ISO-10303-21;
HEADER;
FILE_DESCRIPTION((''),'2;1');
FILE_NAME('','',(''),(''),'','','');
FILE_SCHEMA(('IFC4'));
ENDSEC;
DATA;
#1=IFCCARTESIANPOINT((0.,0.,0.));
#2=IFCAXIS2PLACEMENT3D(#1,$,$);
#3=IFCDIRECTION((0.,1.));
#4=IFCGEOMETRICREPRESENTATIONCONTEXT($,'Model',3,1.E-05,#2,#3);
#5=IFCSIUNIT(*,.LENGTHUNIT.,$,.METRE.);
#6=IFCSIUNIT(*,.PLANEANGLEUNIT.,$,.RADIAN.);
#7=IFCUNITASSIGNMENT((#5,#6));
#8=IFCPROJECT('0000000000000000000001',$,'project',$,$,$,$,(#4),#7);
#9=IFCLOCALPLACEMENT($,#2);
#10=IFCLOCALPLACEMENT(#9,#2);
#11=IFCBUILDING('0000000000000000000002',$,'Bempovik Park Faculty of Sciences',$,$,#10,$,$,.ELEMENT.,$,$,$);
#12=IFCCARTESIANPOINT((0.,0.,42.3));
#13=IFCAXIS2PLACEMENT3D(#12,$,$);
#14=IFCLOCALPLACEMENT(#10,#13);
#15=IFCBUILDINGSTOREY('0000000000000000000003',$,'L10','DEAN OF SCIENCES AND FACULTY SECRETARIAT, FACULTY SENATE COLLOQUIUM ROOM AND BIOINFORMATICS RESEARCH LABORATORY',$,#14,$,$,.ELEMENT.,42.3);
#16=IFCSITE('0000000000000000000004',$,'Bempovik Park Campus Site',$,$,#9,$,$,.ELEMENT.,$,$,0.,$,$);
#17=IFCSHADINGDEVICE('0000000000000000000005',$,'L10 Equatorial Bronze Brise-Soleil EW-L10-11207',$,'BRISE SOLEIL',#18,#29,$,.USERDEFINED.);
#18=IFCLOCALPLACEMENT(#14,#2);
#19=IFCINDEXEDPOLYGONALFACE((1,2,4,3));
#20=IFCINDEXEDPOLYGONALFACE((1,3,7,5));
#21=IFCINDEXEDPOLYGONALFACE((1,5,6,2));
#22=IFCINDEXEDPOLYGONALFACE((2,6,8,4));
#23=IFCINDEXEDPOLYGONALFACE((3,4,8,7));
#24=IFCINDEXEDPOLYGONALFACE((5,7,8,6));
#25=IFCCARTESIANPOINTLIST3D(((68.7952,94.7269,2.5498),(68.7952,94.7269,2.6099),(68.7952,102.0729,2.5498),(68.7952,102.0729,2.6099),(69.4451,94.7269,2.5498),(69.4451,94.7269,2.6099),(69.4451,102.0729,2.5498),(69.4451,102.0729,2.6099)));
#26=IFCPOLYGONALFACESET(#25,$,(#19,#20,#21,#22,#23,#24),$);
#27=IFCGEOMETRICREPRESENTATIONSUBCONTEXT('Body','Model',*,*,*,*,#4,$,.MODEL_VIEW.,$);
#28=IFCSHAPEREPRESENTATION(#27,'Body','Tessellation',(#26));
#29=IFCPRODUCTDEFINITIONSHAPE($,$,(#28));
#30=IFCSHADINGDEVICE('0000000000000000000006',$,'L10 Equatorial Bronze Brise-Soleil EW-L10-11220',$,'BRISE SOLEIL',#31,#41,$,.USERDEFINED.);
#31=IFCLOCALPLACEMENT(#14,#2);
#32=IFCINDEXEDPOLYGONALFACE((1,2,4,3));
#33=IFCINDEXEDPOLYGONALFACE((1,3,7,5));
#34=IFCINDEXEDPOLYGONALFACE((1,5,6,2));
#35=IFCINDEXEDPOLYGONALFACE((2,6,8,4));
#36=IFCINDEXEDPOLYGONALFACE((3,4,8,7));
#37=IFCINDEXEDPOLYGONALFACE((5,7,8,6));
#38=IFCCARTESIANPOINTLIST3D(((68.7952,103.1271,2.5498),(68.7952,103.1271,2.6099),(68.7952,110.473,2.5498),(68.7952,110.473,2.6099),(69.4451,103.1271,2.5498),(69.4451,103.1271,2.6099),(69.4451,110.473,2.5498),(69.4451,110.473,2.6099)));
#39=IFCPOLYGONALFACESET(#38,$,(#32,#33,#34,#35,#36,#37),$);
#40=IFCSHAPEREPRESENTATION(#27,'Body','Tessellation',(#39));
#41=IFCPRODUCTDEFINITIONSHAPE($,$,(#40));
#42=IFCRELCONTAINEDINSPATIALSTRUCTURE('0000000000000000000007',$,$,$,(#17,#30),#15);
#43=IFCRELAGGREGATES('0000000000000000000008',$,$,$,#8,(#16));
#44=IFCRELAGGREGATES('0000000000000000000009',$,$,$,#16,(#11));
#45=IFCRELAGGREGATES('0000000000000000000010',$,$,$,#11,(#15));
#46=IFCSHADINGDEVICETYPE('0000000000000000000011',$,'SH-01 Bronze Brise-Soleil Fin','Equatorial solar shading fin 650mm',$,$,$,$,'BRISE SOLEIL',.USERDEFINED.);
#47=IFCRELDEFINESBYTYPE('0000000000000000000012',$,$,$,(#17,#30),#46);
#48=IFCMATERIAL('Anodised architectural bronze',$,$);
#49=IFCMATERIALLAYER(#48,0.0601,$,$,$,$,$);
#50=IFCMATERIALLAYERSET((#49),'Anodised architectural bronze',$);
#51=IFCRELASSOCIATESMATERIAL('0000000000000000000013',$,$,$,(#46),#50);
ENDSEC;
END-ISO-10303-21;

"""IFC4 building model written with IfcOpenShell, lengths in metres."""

from ifc_helpers import new_model, si_unit, direction, frame, origin, origin_2d, place, context, subcontext, project, spatial, rectangle, extrude, material, layer, layer_set, type_object, element, save


model = new_model("IFC4")

# Units and contexts
model_context = context("Model", 3, precision=1e-05, world=origin(), true_north=direction((0.0, 1.0)))
body_context = subcontext(model_context, "Body", "Model", "MODEL_VIEW")
ifc_project = project(units=[si_unit("LENGTHUNIT", "METRE"), si_unit("PLANEANGLEUNIT", "RADIAN")], contexts=[model_context])

# Site, building, storey
site_placement = place(None, origin())
site = spatial("IfcSite", under=ifc_project, at=site_placement, Name="Bempovik Park Campus Site", CompositionType="ELEMENT", RefElevation=0.0)
building_placement = place(site_placement, origin())
building = spatial("IfcBuilding", under=site, at=building_placement, Name="Bempovik Park Faculty of Sciences", CompositionType="ELEMENT")
storey_placement = place(building_placement, frame((0.0, 0.0, 42.3)))
storey = spatial("IfcBuildingStorey", under=building, at=storey_placement, Name="L10", Description="DEAN OF SCIENCES AND FACULTY SECRETARIAT, FACULTY SENATE COLLOQUIUM ROOM AND BIOINFORMATICS RESEARCH LABORATORY", CompositionType="ELEMENT", Elevation=42.3)

# Shading devices
ifc_material_1 = material(Name="Anodised architectural bronze")
ifc_layer_1 = layer(ifc_material_1, 0.0601)
ifc_layer_set_1 = layer_set([ifc_layer_1], Name="Anodised architectural bronze")
shading_device_type = type_object("IfcShadingDeviceType", Name="SH-01 Bronze Brise-Soleil Fin", Description="Equatorial solar shading fin 650mm", ElementType="BRISE SOLEIL", PredefinedType="USERDEFINED", material=ifc_layer_set_1)
for number, where, z_axis, x_axis, name in (
    (1, (69.1201, 98.3999, 2.5498), (0.0, 0.0, 1.0), (1.0, 0.0, 0.0), "L10 Equatorial Bronze Brise-Soleil EW-L10-11207"),
    (2, (69.1201, 106.8, 2.5498), (0.0, 0.0, 1.0), (1.0, 0.0, 0.0), "L10 Equatorial Bronze Brise-Soleil EW-L10-11220"),
):
    element("IfcShadingDevice", number, at=place(storey_placement, frame(where, z_axis=z_axis, x_axis=x_axis)), inside=storey, type_object=shading_device_type, Name=name, ObjectType="BRISE SOLEIL", PredefinedType="USERDEFINED", context=body_context, shape_type="SweptSolid", body=[
        extrude(rectangle(XDim=0.6499, YDim=7.3459, at=origin_2d()), origin(), (0.0, 0.0, 1.0), 0.0601),
    ])

save(model, "model.ifc")
